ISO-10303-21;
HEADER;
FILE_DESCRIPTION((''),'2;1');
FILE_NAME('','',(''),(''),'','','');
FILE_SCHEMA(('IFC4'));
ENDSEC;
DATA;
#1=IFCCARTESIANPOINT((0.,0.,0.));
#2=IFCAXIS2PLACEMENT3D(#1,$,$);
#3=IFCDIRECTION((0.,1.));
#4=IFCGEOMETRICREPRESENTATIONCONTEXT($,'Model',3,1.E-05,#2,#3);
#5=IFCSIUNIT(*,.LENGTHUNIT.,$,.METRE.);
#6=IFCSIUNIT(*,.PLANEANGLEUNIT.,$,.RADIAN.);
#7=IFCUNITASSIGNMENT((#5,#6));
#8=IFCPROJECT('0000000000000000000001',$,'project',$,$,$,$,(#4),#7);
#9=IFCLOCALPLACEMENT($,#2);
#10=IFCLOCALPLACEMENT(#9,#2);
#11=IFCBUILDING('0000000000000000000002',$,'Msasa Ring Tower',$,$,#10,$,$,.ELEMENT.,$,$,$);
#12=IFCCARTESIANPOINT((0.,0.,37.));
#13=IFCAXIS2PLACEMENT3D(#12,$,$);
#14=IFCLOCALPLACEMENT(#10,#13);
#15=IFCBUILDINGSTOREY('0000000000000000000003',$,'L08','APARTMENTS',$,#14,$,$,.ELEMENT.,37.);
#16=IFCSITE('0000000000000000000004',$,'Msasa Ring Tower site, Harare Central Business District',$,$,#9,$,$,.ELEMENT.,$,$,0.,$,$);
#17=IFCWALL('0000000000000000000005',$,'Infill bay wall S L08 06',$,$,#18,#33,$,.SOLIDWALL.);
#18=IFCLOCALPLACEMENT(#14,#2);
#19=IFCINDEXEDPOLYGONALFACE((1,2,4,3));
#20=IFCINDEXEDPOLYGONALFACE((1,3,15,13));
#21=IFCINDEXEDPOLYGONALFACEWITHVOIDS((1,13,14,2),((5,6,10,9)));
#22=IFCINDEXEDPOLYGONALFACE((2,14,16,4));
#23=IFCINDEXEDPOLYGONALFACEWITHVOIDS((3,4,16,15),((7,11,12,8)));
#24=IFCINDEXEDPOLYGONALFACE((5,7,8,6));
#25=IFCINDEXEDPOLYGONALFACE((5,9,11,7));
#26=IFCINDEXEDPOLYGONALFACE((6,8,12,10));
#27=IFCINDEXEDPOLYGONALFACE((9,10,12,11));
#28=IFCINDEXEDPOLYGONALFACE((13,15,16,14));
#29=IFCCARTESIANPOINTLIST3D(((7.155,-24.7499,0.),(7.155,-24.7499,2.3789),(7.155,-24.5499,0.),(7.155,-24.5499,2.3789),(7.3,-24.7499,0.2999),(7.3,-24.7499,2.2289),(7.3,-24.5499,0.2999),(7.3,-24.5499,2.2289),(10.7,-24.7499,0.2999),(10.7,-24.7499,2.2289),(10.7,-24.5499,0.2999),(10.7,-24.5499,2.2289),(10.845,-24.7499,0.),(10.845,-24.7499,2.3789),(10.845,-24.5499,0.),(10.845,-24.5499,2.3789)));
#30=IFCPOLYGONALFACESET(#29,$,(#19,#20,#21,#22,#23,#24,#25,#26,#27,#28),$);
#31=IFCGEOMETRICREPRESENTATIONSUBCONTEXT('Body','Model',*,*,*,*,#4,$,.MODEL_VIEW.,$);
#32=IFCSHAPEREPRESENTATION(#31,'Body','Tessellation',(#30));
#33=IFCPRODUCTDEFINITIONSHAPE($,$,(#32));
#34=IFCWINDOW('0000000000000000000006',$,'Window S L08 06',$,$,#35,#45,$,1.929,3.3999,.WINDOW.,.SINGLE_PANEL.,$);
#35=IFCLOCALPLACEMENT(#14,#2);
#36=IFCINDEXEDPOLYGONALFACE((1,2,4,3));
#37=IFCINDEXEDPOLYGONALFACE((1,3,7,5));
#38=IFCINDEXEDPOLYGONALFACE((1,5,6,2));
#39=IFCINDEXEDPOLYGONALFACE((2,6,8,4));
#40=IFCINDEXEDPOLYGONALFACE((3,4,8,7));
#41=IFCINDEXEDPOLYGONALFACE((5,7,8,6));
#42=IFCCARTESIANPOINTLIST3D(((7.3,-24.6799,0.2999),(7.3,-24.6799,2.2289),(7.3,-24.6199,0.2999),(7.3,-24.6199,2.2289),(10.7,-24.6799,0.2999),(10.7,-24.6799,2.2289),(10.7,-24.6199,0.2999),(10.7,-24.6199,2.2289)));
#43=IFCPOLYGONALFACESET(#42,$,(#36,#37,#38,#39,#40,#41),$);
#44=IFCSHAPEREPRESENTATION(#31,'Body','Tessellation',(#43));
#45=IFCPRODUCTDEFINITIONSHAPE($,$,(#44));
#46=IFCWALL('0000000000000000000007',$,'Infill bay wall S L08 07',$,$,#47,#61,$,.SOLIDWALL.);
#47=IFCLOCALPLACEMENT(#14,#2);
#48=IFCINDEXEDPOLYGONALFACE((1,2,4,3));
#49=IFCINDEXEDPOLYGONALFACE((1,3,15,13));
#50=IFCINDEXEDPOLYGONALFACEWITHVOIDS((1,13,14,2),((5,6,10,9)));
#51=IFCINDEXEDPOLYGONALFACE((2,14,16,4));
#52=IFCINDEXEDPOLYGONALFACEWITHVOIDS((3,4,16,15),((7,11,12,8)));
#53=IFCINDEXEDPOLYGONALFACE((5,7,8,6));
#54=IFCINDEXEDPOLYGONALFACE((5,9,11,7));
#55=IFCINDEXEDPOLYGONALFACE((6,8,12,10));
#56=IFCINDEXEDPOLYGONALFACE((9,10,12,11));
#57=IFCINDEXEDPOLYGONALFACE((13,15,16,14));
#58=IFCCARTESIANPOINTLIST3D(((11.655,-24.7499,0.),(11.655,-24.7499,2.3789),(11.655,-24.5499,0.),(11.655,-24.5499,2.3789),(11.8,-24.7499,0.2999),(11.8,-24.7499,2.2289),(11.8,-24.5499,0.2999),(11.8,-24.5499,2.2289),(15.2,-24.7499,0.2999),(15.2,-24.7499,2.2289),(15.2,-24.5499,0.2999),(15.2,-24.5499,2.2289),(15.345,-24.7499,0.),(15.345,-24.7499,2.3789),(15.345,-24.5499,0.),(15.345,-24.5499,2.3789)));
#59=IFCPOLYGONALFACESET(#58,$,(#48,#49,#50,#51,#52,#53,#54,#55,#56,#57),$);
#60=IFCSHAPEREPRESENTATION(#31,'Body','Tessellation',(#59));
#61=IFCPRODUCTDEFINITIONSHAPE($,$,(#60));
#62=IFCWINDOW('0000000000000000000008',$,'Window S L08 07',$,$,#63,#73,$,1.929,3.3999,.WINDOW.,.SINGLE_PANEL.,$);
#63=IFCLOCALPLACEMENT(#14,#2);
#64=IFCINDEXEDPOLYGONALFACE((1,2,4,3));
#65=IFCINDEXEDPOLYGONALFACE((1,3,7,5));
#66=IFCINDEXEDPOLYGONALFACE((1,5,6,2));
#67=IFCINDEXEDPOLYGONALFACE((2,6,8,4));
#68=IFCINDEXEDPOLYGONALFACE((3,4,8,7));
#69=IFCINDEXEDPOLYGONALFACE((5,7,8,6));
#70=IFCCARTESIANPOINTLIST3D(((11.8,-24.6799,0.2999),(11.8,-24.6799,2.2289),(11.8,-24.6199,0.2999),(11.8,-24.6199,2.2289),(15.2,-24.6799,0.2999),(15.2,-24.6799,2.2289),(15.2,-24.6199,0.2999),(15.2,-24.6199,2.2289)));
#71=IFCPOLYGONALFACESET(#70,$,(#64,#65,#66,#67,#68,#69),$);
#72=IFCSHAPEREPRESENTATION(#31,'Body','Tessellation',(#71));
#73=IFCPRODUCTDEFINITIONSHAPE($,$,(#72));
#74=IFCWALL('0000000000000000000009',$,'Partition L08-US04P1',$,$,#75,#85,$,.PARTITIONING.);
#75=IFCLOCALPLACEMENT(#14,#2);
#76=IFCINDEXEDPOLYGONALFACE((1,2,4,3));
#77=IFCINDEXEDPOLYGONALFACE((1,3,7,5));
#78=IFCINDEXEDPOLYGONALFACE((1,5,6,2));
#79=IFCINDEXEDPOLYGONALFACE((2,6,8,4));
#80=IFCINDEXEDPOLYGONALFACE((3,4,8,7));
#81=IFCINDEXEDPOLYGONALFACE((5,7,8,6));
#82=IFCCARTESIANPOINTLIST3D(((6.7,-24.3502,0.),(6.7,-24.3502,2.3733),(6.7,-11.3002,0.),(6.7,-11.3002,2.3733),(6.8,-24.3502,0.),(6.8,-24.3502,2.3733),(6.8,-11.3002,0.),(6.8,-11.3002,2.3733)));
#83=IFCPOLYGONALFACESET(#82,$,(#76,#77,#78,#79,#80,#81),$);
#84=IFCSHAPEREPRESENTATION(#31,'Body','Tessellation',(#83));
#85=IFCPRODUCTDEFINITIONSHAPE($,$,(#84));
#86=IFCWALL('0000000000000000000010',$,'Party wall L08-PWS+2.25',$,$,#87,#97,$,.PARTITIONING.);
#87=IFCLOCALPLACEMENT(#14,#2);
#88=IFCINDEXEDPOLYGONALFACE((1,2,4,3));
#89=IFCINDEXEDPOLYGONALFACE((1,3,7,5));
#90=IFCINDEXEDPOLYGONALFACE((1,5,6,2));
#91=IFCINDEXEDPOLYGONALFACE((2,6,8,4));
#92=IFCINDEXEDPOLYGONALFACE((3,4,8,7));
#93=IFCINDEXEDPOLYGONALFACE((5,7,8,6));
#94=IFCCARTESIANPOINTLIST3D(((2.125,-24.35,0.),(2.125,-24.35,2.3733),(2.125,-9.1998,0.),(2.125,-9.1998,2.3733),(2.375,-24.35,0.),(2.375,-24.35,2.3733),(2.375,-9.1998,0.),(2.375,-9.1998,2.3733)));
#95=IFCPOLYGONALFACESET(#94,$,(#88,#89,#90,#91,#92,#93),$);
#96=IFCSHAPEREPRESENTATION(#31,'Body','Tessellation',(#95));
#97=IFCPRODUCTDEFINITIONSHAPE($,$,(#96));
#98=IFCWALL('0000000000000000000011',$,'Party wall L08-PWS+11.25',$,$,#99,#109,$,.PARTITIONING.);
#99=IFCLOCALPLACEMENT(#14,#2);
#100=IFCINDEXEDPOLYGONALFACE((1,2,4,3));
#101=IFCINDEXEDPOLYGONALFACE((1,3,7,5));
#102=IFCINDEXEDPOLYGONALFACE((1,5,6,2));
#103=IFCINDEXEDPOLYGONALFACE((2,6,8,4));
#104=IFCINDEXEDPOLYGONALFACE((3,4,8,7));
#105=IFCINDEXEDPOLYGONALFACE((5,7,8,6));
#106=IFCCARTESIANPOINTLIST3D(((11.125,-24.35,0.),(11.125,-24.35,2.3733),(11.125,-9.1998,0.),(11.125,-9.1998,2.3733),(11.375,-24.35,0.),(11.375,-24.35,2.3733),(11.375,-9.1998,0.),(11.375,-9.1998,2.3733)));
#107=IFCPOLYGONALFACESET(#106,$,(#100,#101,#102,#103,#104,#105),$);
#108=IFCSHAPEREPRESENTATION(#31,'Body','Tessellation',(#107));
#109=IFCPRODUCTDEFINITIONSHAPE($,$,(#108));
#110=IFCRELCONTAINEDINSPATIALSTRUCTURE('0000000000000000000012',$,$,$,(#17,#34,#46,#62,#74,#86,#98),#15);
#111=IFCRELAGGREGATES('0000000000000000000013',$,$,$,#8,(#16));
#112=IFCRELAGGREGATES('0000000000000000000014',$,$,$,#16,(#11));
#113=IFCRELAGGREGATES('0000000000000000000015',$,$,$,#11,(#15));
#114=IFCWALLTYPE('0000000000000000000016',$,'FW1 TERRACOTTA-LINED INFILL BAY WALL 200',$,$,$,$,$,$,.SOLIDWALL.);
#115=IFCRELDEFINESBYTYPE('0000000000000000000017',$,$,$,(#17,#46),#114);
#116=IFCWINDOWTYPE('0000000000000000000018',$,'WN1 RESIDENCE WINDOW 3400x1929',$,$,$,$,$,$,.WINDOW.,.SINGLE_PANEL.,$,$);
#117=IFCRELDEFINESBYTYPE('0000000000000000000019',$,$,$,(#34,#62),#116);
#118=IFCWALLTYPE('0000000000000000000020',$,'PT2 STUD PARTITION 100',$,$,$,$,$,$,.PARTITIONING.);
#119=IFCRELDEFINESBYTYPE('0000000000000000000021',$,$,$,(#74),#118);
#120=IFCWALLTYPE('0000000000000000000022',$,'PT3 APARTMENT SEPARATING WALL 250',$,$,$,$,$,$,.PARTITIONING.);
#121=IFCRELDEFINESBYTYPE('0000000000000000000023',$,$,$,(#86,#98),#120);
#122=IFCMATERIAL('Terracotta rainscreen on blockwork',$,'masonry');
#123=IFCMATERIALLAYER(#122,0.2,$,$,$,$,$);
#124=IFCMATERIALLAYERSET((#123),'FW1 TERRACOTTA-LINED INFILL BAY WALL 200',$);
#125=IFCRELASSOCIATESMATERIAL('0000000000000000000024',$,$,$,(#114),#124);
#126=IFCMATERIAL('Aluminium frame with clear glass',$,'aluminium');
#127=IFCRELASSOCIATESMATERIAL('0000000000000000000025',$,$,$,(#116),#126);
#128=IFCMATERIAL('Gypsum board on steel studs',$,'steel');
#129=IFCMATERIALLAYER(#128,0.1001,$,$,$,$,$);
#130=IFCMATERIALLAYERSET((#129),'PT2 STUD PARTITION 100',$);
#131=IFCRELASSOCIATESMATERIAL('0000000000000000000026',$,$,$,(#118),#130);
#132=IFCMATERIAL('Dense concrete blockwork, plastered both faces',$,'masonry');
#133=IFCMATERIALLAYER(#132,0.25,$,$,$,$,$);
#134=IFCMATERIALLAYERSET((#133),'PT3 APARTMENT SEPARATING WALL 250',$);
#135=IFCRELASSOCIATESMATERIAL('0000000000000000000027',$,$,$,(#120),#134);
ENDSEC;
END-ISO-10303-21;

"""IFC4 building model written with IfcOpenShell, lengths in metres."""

from ifc_helpers import new_model, si_unit, direction, frame, frame_2d, origin, place, context, subcontext, project, spatial, rectangle, extrude, material, layer, layer_set, type_object, element, fill, save


model = new_model("IFC4")

# Units and contexts
model_context = context("Model", 3, precision=1e-05, world=origin(), true_north=direction((0.0, 1.0)))
body_context = subcontext(model_context, "Body", "Model", "MODEL_VIEW")
ifc_project = project(units=[si_unit("LENGTHUNIT", "METRE"), si_unit("PLANEANGLEUNIT", "RADIAN")], contexts=[model_context])

# Site, building, storey
site_placement = place(None, origin())
site = spatial("IfcSite", under=ifc_project, at=site_placement, Name="Msasa Ring Tower site, Harare Central Business District", CompositionType="ELEMENT", RefElevation=0.0)
building_placement = place(site_placement, origin())
building = spatial("IfcBuilding", under=site, at=building_placement, Name="Msasa Ring Tower", CompositionType="ELEMENT")
storey_placement = place(building_placement, frame((0.0, 0.0, 37.0)))
storey = spatial("IfcBuildingStorey", under=building, at=storey_placement, Name="L08", Description="APARTMENTS", CompositionType="ELEMENT", Elevation=37.0)

# Walls, openings, windows
ifc_material_1 = material(Name="Terracotta rainscreen on blockwork", Category="masonry")
ifc_layer_1 = layer(ifc_material_1, 0.2)
ifc_layer_set_1 = layer_set([ifc_layer_1], Name="FW1 TERRACOTTA-LINED INFILL BAY WALL 200")
wall_type_1 = type_object("IfcWallType", Name="FW1 TERRACOTTA-LINED INFILL BAY WALL 200", PredefinedType="SOLIDWALL", material=ifc_layer_set_1)
ifc_material_2 = material(Name="Aluminium frame with clear glass", Category="aluminium")
window_type = type_object("IfcWindowType", Name="WN1 RESIDENCE WINDOW 3400x1929", PartitioningType="SINGLE_PANEL", PredefinedType="WINDOW", material=ifc_material_2)
wall_1_placement = place(storey_placement, frame((7.155, -24.6499, 0.0), z_axis=(0.0, 0.0, 1.0), x_axis=(1.0, 0.0, 0.0)))
wall_1 = element("IfcWall", 1, at=wall_1_placement, inside=storey, type_object=wall_type_1, Name="Infill bay wall S L08 06", PredefinedType="SOLIDWALL", context=body_context, shape_type="SweptSolid", body=[
    extrude(rectangle(XDim=3.6899, YDim=0.2, at=frame_2d((1.845, 0.0))), origin(), (0.0, 0.0, 1.0), 2.3789),
])
opening_1_placement = place(wall_1_placement, frame((0.145, 0.0, 0.3)))
opening_1 = element("IfcOpeningElement", 2, at=opening_1_placement, cuts=wall_1, PredefinedType="OPENING", context=body_context, shape_type="SweptSolid", body=[
    extrude(rectangle(XDim=3.3999, YDim=1.929, at=frame_2d((1.7, 0.9644))), frame((0.0, 0.1099, 0.0), z_axis=(0.0, -1.0, 0.0), x_axis=(1.0, 0.0, 0.0)), (0.0, 0.0, 1.0), 0.22),
])
window_1_placement = place(opening_1_placement, origin())
window_1 = element("IfcWindow", 3, at=window_1_placement, inside=storey, type_object=window_type, Name="Window S L08 06", OverallHeight=1.929, OverallWidth=3.3999, PartitioningType="SINGLE_PANEL", PredefinedType="WINDOW", context=body_context, shape_type="SweptSolid", body=[
    extrude(rectangle(XDim=3.3999, YDim=1.929, at=frame_2d((1.7, 0.9644))), frame((0.0, 0.03, 0.0), z_axis=(0.0, -1.0, 0.0), x_axis=(1.0, 0.0, 0.0)), (0.0, 0.0, 1.0), 0.0601),
])
fill(opening_1, window_1)
wall_2_placement = place(storey_placement, frame((11.655, -24.6499, 0.0), z_axis=(0.0, 0.0, 1.0), x_axis=(1.0, 0.0, 0.0)))
wall_2 = element("IfcWall", 4, at=wall_2_placement, inside=storey, type_object=wall_type_1, Name="Infill bay wall S L08 07", PredefinedType="SOLIDWALL", context=body_context, shape_type="SweptSolid", body=[
    extrude(rectangle(XDim=3.6899, YDim=0.2, at=frame_2d((1.845, 0.0))), origin(), (0.0, 0.0, 1.0), 2.3789),
])
opening_2_placement = place(wall_2_placement, frame((0.145, 0.0, 0.3)))
opening_2 = element("IfcOpeningElement", 5, at=opening_2_placement, cuts=wall_2, PredefinedType="OPENING", context=body_context, shape_type="SweptSolid", body=[
    extrude(rectangle(XDim=3.3999, YDim=1.929, at=frame_2d((1.7, 0.9644))), frame((0.0, 0.1099, 0.0), z_axis=(0.0, -1.0, 0.0), x_axis=(1.0, 0.0, 0.0)), (0.0, 0.0, 1.0), 0.22),
])
window_2_placement = place(opening_2_placement, origin())
window_2 = element("IfcWindow", 6, at=window_2_placement, inside=storey, type_object=window_type, Name="Window S L08 07", OverallHeight=1.929, OverallWidth=3.3999, PartitioningType="SINGLE_PANEL", PredefinedType="WINDOW", context=body_context, shape_type="SweptSolid", body=[
    extrude(rectangle(XDim=3.3999, YDim=1.929, at=frame_2d((1.7, 0.9644))), frame((0.0, 0.03, 0.0), z_axis=(0.0, -1.0, 0.0), x_axis=(1.0, 0.0, 0.0)), (0.0, 0.0, 1.0), 0.0601),
])
fill(opening_2, window_2)

# Walls
ifc_material_3 = material(Name="Gypsum board on steel studs", Category="steel")
ifc_layer_2 = layer(ifc_material_3, 0.1001)
ifc_layer_set_2 = layer_set([ifc_layer_2], Name="PT2 STUD PARTITION 100")
wall_type_2 = type_object("IfcWallType", Name="PT2 STUD PARTITION 100", PredefinedType="PARTITIONING", material=ifc_layer_set_2)
wall_3_placement = place(storey_placement, frame((6.75, -24.3501, 0.0), z_axis=(0.0, 0.0, 1.0), x_axis=(0.0, 1.0, 0.0)))
element("IfcWall", 7, at=wall_3_placement, inside=storey, type_object=wall_type_2, Name="Partition L08-US04P1", PredefinedType="PARTITIONING", context=body_context, shape_type="SweptSolid", body=[
    extrude(rectangle(XDim=13.05, YDim=0.1001, at=frame_2d((6.5249, 0.0))), origin(), (0.0, 0.0, 1.0), 2.3733),
])
ifc_material_4 = material(Name="Dense concrete blockwork, plastered both faces", Category="masonry")
ifc_layer_3 = layer(ifc_material_4, 0.25)
ifc_layer_set_3 = layer_set([ifc_layer_3], Name="PT3 APARTMENT SEPARATING WALL 250")
wall_type_3 = type_object("IfcWallType", Name="PT3 APARTMENT SEPARATING WALL 250", PredefinedType="PARTITIONING", material=ifc_layer_set_3)
for number, where, z_axis, x_axis, name in (
    (8, (2.25, -24.3501, 0.0), (0.0, 0.0, 1.0), (0.0, 1.0, 0.0), "Party wall L08-PWS+2.25"),
    (9, (11.25, -24.3501, 0.0), (0.0, 0.0, 1.0), (0.0, 1.0, 0.0), "Party wall L08-PWS+11.25"),
):
    element("IfcWall", number, at=place(storey_placement, frame(where, z_axis=z_axis, x_axis=x_axis)), inside=storey, type_object=wall_type_3, Name=name, PredefinedType="PARTITIONING", context=body_context, shape_type="SweptSolid", body=[
        extrude(rectangle(XDim=15.1501, YDim=0.25, at=frame_2d((7.5752, 0.0))), origin(), (0.0, 0.0, 1.0), 2.3733),
    ])

save(model, "model.ifc")
